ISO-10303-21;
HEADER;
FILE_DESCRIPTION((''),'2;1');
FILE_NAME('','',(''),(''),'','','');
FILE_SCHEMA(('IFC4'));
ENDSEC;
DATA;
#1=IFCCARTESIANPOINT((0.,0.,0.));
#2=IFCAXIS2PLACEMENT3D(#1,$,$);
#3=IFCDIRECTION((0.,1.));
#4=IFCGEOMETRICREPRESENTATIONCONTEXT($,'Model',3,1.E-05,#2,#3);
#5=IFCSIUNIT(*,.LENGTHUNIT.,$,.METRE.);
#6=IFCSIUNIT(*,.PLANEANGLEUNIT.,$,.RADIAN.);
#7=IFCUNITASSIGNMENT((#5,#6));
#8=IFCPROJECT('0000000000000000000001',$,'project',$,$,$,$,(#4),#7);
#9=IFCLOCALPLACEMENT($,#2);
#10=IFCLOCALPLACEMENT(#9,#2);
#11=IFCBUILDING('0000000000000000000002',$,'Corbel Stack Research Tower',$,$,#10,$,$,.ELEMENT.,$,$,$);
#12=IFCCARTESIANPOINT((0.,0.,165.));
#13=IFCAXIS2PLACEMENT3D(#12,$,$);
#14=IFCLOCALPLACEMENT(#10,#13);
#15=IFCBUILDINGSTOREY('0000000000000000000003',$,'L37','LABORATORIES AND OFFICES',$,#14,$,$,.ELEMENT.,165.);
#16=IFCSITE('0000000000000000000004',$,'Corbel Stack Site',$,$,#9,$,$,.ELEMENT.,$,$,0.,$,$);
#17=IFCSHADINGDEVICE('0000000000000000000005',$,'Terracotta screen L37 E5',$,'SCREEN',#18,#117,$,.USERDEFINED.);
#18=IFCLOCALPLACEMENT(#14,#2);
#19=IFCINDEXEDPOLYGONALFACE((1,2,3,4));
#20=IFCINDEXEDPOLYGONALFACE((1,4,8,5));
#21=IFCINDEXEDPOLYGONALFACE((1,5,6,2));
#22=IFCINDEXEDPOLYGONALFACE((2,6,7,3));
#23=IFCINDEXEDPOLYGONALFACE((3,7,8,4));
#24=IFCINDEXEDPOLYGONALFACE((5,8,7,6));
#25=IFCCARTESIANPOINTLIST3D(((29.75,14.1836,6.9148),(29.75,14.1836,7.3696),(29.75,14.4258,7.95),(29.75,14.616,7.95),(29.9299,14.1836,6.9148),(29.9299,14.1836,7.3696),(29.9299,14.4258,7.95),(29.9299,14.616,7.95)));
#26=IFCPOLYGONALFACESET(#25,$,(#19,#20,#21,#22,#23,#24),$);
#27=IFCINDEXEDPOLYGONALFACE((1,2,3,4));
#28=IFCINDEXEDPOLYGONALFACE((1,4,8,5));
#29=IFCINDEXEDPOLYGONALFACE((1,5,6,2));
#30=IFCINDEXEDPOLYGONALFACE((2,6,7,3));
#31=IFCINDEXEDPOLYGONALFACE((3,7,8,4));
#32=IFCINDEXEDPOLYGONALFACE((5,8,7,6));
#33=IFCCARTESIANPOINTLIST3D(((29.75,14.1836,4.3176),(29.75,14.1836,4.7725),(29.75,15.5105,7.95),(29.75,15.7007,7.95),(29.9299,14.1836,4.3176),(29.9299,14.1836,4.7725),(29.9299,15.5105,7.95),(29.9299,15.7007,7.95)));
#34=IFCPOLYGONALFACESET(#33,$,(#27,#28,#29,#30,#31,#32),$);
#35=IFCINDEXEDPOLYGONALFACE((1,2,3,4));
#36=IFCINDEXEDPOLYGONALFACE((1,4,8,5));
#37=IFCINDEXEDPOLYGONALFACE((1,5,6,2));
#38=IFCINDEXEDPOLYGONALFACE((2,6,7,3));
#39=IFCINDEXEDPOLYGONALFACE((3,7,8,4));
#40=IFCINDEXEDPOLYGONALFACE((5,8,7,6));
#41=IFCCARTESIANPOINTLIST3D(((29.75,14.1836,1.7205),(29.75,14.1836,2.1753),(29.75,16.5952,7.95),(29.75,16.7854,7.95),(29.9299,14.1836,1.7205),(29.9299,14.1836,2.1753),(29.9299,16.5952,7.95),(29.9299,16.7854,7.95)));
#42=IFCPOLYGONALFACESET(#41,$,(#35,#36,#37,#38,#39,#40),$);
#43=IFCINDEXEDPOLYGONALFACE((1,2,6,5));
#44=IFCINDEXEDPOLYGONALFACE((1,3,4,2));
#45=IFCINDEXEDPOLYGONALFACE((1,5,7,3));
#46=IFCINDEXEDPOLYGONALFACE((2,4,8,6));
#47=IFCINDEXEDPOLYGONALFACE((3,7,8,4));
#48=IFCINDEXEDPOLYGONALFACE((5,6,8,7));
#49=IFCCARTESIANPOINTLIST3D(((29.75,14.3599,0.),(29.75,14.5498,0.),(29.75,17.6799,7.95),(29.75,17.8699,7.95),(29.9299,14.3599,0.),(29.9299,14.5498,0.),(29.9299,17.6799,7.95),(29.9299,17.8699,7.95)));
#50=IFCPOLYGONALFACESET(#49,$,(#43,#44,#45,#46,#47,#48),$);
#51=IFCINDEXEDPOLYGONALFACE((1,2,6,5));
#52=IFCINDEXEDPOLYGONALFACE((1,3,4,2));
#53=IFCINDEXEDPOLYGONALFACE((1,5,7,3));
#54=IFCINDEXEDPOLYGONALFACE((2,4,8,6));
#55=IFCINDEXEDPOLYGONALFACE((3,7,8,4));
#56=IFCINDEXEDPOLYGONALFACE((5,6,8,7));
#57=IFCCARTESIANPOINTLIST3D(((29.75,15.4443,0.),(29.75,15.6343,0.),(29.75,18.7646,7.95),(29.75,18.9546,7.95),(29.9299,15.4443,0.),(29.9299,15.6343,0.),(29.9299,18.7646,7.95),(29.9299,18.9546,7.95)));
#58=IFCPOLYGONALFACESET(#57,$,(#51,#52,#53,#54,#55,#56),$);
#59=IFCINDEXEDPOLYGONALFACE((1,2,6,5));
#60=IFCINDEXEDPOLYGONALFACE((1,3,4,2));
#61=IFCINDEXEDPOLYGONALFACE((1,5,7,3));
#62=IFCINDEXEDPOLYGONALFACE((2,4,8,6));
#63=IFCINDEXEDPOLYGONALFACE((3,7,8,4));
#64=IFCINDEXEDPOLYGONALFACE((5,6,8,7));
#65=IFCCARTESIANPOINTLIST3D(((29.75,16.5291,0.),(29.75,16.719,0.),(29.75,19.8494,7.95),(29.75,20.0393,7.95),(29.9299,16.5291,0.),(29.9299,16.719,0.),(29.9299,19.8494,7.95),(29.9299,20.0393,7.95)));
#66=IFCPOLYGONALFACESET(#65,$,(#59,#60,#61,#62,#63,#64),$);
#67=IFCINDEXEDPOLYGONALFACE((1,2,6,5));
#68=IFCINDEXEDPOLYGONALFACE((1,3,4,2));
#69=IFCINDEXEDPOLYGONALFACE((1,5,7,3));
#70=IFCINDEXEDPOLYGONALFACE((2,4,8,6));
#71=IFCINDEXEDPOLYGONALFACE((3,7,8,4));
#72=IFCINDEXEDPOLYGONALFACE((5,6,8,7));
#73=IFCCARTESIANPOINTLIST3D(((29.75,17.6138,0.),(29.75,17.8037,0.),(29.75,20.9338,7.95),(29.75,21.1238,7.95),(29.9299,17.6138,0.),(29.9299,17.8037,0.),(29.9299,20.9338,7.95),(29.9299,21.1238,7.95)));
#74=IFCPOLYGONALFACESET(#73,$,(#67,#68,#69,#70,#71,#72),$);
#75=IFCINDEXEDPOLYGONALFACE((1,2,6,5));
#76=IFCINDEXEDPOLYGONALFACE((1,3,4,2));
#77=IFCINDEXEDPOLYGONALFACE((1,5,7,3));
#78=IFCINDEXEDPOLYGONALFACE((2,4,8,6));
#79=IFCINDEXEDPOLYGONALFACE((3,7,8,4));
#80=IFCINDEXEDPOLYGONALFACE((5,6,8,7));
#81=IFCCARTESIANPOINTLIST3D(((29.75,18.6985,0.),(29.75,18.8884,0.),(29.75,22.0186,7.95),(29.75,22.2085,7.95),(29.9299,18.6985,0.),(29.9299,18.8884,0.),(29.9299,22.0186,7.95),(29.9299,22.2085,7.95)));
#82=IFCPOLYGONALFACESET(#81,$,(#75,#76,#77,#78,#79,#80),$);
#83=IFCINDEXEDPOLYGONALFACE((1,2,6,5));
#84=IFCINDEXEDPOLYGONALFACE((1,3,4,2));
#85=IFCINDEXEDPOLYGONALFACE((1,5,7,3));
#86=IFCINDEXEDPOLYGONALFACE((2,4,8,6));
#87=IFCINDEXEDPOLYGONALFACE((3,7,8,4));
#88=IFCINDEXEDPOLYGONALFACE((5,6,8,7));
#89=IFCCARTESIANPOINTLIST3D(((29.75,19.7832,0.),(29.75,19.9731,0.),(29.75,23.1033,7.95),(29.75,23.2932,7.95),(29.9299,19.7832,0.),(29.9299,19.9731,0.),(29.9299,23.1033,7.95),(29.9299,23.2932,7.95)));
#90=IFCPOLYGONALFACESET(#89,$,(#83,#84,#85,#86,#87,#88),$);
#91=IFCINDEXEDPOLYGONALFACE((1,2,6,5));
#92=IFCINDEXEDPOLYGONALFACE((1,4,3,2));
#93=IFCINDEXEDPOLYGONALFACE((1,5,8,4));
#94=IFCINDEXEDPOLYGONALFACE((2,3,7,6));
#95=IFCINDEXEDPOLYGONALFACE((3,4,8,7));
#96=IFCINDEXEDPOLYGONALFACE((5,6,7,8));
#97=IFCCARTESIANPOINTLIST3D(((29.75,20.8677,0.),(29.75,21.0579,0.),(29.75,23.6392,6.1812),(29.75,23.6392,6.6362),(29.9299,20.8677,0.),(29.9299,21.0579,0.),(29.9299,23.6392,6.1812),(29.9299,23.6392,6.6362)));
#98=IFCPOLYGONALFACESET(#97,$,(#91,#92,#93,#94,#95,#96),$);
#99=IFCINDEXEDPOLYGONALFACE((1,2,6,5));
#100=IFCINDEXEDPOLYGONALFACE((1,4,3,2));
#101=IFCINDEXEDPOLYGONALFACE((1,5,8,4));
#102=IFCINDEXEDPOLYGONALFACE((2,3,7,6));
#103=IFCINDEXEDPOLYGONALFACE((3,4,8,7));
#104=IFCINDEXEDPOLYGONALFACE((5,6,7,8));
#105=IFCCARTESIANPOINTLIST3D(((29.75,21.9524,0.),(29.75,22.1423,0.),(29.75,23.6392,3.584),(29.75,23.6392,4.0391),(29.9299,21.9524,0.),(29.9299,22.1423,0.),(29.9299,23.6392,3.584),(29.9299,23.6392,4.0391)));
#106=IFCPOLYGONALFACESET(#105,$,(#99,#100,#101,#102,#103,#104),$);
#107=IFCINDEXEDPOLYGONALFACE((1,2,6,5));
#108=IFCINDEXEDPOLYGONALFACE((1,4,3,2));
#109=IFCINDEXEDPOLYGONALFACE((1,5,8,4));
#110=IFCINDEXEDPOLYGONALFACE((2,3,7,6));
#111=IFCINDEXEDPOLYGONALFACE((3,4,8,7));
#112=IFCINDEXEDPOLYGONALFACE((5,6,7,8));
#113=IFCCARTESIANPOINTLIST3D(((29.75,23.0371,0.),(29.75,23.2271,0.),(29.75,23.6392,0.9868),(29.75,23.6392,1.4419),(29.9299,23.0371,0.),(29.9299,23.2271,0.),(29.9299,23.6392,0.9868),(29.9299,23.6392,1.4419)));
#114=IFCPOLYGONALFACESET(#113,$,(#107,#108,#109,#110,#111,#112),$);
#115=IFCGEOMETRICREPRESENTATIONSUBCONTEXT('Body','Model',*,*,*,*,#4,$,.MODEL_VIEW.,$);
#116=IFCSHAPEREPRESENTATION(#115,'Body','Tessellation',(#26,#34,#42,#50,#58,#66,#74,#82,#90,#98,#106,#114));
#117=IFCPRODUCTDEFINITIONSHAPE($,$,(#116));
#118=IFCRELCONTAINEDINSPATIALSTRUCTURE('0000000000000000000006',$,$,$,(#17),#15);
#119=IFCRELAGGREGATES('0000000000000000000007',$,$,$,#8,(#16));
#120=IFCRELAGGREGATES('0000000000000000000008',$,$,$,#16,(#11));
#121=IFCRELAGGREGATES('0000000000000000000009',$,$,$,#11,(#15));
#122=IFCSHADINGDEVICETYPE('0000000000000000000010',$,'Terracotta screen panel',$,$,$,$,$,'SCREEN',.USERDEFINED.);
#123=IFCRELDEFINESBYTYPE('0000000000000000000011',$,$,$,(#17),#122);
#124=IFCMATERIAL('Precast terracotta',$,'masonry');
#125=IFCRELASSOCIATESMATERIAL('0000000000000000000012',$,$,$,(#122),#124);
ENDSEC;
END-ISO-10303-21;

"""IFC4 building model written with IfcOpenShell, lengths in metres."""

from ifc_helpers import new_model, si_unit, direction, frame, origin, place, context, subcontext, project, spatial, polyline, outline, extrude, source, transform, mapped, material, type_object, element, save


model = new_model("IFC4")

# Units and contexts
model_context = context("Model", 3, precision=1e-05, world=origin(), true_north=direction((0.0, 1.0)))
body_context = subcontext(model_context, "Body", "Model", "MODEL_VIEW")
ifc_project = project(units=[si_unit("LENGTHUNIT", "METRE"), si_unit("PLANEANGLEUNIT", "RADIAN")], contexts=[model_context])

# Site, building, storey
site_placement = place(None, origin())
site = spatial("IfcSite", under=ifc_project, at=site_placement, Name="Corbel Stack Site", CompositionType="ELEMENT", RefElevation=0.0)
building_placement = place(site_placement, origin())
building = spatial("IfcBuilding", under=site, at=building_placement, Name="Corbel Stack Research Tower", CompositionType="ELEMENT")
storey_placement = place(building_placement, frame((0.0, 0.0, 165.0)))
storey = spatial("IfcBuildingStorey", under=building, at=storey_placement, Name="L37", Description="LABORATORIES AND OFFICES", CompositionType="ELEMENT", Elevation=165.0)

# Shading device
ifc_material_1 = material(Name="Precast terracotta", Category="masonry")
shading_device_type = type_object("IfcShadingDeviceType", Name="Terracotta screen panel", ElementType="SCREEN", PredefinedType="USERDEFINED", material=ifc_material_1)
shared_shape_1 = source(origin(), body_context, "Body", "SweptSolid", [
    extrude(outline(polyline([(0.4324, 7.95), (0.2422, 7.95), (0.0, 7.3696), (0.0, 6.9148), (0.4324, 7.95)])), frame((0.0, 0.0, 0.0), z_axis=(0.0, -1.0, 0.0), x_axis=(1.0, 0.0, 0.0)), (0.0, 0.0, 1.0), 0.1799),
    extrude(outline(polyline([(1.5171, 7.95), (1.3269, 7.95), (0.0, 4.7725), (0.0, 4.3176), (1.5171, 7.95)])), frame((0.0, 0.0, 0.0), z_axis=(0.0, -1.0, 0.0), x_axis=(1.0, 0.0, 0.0)), (0.0, 0.0, 1.0), 0.1799),
    extrude(outline(polyline([(2.6018, 7.95), (2.4116, 7.95), (0.0, 2.1753), (0.0, 1.7205), (2.6018, 7.95)])), frame((0.0, 0.0, 0.0), z_axis=(0.0, -1.0, 0.0), x_axis=(1.0, 0.0, 0.0)), (0.0, 0.0, 1.0), 0.1799),
    extrude(outline(polyline([(0.3662, 0.0), (3.6863, 7.95), (3.4963, 7.95), (0.1763, 0.0), (0.3662, 0.0)])), frame((0.0, 0.0, 0.0), z_axis=(0.0, -1.0, 0.0), x_axis=(1.0, 0.0, 0.0)), (0.0, 0.0, 1.0), 0.1799),
    extrude(outline(polyline([(1.4507, 0.0), (4.771, 7.95), (4.5811, 7.95), (1.2607, 0.0), (1.4507, 0.0)])), frame((0.0, 0.0, 0.0), z_axis=(0.0, -1.0, 0.0), x_axis=(1.0, 0.0, 0.0)), (0.0, 0.0, 1.0), 0.1799),
    extrude(outline(polyline([(2.5354, 0.0), (5.8557, 7.95), (5.6658, 7.95), (2.3455, 0.0), (2.5354, 0.0)])), frame((0.0, 0.0, 0.0), z_axis=(0.0, -1.0, 0.0), x_axis=(1.0, 0.0, 0.0)), (0.0, 0.0, 1.0), 0.1799),
    extrude(outline(polyline([(3.6201, 0.0), (6.9402, 7.95), (6.7502, 7.95), (3.4302, 0.0), (3.6201, 0.0)])), frame((0.0, 0.0, 0.0), z_axis=(0.0, -1.0, 0.0), x_axis=(1.0, 0.0, 0.0)), (0.0, 0.0, 1.0), 0.1799),
    extrude(outline(polyline([(4.7048, 0.0), (8.0249, 7.95), (7.835, 7.95), (4.5149, 0.0), (4.7048, 0.0)])), frame((0.0, 0.0, 0.0), z_axis=(0.0, -1.0, 0.0), x_axis=(1.0, 0.0, 0.0)), (0.0, 0.0, 1.0), 0.1799),
    extrude(outline(polyline([(5.7896, 0.0), (9.1096, 7.95), (8.9197, 7.95), (5.5996, 0.0), (5.7896, 0.0)])), frame((0.0, 0.0, 0.0), z_axis=(0.0, -1.0, 0.0), x_axis=(1.0, 0.0, 0.0)), (0.0, 0.0, 1.0), 0.1799),
    extrude(outline(polyline([(6.8743, 0.0), (9.4556, 6.1812), (9.4556, 6.6362), (6.6841, 0.0), (6.8743, 0.0)])), frame((0.0, 0.0, 0.0), z_axis=(0.0, -1.0, 0.0), x_axis=(1.0, 0.0, 0.0)), (0.0, 0.0, 1.0), 0.1799),
    extrude(outline(polyline([(7.9587, 0.0), (9.4556, 3.584), (9.4556, 4.0391), (7.7688, 0.0), (7.9587, 0.0)])), frame((0.0, 0.0, 0.0), z_axis=(0.0, -1.0, 0.0), x_axis=(1.0, 0.0, 0.0)), (0.0, 0.0, 1.0), 0.1799),
    extrude(outline(polyline([(9.0435, 0.0), (9.4556, 0.9868), (9.4556, 1.4419), (8.8535, 0.0), (9.0435, 0.0)])), frame((0.0, 0.0, 0.0), z_axis=(0.0, -1.0, 0.0), x_axis=(1.0, 0.0, 0.0)), (0.0, 0.0, 1.0), 0.1799),
])
shading_device_1_placement = place(storey_placement, frame((29.75, 14.1836, 0.0), z_axis=(0.0, 0.0, 1.0), x_axis=(0.0, 1.0, 0.0)))
element("IfcShadingDevice", 1, at=shading_device_1_placement, inside=storey, type_object=shading_device_type, Name="Terracotta screen L37 E5", ObjectType="SCREEN", PredefinedType="USERDEFINED", context=body_context, shape_type="MappedRepresentation", body=[
    mapped(shared_shape_1, transform((0.0, 0.0, 0.0))),
])

save(model, "model.ifc")
